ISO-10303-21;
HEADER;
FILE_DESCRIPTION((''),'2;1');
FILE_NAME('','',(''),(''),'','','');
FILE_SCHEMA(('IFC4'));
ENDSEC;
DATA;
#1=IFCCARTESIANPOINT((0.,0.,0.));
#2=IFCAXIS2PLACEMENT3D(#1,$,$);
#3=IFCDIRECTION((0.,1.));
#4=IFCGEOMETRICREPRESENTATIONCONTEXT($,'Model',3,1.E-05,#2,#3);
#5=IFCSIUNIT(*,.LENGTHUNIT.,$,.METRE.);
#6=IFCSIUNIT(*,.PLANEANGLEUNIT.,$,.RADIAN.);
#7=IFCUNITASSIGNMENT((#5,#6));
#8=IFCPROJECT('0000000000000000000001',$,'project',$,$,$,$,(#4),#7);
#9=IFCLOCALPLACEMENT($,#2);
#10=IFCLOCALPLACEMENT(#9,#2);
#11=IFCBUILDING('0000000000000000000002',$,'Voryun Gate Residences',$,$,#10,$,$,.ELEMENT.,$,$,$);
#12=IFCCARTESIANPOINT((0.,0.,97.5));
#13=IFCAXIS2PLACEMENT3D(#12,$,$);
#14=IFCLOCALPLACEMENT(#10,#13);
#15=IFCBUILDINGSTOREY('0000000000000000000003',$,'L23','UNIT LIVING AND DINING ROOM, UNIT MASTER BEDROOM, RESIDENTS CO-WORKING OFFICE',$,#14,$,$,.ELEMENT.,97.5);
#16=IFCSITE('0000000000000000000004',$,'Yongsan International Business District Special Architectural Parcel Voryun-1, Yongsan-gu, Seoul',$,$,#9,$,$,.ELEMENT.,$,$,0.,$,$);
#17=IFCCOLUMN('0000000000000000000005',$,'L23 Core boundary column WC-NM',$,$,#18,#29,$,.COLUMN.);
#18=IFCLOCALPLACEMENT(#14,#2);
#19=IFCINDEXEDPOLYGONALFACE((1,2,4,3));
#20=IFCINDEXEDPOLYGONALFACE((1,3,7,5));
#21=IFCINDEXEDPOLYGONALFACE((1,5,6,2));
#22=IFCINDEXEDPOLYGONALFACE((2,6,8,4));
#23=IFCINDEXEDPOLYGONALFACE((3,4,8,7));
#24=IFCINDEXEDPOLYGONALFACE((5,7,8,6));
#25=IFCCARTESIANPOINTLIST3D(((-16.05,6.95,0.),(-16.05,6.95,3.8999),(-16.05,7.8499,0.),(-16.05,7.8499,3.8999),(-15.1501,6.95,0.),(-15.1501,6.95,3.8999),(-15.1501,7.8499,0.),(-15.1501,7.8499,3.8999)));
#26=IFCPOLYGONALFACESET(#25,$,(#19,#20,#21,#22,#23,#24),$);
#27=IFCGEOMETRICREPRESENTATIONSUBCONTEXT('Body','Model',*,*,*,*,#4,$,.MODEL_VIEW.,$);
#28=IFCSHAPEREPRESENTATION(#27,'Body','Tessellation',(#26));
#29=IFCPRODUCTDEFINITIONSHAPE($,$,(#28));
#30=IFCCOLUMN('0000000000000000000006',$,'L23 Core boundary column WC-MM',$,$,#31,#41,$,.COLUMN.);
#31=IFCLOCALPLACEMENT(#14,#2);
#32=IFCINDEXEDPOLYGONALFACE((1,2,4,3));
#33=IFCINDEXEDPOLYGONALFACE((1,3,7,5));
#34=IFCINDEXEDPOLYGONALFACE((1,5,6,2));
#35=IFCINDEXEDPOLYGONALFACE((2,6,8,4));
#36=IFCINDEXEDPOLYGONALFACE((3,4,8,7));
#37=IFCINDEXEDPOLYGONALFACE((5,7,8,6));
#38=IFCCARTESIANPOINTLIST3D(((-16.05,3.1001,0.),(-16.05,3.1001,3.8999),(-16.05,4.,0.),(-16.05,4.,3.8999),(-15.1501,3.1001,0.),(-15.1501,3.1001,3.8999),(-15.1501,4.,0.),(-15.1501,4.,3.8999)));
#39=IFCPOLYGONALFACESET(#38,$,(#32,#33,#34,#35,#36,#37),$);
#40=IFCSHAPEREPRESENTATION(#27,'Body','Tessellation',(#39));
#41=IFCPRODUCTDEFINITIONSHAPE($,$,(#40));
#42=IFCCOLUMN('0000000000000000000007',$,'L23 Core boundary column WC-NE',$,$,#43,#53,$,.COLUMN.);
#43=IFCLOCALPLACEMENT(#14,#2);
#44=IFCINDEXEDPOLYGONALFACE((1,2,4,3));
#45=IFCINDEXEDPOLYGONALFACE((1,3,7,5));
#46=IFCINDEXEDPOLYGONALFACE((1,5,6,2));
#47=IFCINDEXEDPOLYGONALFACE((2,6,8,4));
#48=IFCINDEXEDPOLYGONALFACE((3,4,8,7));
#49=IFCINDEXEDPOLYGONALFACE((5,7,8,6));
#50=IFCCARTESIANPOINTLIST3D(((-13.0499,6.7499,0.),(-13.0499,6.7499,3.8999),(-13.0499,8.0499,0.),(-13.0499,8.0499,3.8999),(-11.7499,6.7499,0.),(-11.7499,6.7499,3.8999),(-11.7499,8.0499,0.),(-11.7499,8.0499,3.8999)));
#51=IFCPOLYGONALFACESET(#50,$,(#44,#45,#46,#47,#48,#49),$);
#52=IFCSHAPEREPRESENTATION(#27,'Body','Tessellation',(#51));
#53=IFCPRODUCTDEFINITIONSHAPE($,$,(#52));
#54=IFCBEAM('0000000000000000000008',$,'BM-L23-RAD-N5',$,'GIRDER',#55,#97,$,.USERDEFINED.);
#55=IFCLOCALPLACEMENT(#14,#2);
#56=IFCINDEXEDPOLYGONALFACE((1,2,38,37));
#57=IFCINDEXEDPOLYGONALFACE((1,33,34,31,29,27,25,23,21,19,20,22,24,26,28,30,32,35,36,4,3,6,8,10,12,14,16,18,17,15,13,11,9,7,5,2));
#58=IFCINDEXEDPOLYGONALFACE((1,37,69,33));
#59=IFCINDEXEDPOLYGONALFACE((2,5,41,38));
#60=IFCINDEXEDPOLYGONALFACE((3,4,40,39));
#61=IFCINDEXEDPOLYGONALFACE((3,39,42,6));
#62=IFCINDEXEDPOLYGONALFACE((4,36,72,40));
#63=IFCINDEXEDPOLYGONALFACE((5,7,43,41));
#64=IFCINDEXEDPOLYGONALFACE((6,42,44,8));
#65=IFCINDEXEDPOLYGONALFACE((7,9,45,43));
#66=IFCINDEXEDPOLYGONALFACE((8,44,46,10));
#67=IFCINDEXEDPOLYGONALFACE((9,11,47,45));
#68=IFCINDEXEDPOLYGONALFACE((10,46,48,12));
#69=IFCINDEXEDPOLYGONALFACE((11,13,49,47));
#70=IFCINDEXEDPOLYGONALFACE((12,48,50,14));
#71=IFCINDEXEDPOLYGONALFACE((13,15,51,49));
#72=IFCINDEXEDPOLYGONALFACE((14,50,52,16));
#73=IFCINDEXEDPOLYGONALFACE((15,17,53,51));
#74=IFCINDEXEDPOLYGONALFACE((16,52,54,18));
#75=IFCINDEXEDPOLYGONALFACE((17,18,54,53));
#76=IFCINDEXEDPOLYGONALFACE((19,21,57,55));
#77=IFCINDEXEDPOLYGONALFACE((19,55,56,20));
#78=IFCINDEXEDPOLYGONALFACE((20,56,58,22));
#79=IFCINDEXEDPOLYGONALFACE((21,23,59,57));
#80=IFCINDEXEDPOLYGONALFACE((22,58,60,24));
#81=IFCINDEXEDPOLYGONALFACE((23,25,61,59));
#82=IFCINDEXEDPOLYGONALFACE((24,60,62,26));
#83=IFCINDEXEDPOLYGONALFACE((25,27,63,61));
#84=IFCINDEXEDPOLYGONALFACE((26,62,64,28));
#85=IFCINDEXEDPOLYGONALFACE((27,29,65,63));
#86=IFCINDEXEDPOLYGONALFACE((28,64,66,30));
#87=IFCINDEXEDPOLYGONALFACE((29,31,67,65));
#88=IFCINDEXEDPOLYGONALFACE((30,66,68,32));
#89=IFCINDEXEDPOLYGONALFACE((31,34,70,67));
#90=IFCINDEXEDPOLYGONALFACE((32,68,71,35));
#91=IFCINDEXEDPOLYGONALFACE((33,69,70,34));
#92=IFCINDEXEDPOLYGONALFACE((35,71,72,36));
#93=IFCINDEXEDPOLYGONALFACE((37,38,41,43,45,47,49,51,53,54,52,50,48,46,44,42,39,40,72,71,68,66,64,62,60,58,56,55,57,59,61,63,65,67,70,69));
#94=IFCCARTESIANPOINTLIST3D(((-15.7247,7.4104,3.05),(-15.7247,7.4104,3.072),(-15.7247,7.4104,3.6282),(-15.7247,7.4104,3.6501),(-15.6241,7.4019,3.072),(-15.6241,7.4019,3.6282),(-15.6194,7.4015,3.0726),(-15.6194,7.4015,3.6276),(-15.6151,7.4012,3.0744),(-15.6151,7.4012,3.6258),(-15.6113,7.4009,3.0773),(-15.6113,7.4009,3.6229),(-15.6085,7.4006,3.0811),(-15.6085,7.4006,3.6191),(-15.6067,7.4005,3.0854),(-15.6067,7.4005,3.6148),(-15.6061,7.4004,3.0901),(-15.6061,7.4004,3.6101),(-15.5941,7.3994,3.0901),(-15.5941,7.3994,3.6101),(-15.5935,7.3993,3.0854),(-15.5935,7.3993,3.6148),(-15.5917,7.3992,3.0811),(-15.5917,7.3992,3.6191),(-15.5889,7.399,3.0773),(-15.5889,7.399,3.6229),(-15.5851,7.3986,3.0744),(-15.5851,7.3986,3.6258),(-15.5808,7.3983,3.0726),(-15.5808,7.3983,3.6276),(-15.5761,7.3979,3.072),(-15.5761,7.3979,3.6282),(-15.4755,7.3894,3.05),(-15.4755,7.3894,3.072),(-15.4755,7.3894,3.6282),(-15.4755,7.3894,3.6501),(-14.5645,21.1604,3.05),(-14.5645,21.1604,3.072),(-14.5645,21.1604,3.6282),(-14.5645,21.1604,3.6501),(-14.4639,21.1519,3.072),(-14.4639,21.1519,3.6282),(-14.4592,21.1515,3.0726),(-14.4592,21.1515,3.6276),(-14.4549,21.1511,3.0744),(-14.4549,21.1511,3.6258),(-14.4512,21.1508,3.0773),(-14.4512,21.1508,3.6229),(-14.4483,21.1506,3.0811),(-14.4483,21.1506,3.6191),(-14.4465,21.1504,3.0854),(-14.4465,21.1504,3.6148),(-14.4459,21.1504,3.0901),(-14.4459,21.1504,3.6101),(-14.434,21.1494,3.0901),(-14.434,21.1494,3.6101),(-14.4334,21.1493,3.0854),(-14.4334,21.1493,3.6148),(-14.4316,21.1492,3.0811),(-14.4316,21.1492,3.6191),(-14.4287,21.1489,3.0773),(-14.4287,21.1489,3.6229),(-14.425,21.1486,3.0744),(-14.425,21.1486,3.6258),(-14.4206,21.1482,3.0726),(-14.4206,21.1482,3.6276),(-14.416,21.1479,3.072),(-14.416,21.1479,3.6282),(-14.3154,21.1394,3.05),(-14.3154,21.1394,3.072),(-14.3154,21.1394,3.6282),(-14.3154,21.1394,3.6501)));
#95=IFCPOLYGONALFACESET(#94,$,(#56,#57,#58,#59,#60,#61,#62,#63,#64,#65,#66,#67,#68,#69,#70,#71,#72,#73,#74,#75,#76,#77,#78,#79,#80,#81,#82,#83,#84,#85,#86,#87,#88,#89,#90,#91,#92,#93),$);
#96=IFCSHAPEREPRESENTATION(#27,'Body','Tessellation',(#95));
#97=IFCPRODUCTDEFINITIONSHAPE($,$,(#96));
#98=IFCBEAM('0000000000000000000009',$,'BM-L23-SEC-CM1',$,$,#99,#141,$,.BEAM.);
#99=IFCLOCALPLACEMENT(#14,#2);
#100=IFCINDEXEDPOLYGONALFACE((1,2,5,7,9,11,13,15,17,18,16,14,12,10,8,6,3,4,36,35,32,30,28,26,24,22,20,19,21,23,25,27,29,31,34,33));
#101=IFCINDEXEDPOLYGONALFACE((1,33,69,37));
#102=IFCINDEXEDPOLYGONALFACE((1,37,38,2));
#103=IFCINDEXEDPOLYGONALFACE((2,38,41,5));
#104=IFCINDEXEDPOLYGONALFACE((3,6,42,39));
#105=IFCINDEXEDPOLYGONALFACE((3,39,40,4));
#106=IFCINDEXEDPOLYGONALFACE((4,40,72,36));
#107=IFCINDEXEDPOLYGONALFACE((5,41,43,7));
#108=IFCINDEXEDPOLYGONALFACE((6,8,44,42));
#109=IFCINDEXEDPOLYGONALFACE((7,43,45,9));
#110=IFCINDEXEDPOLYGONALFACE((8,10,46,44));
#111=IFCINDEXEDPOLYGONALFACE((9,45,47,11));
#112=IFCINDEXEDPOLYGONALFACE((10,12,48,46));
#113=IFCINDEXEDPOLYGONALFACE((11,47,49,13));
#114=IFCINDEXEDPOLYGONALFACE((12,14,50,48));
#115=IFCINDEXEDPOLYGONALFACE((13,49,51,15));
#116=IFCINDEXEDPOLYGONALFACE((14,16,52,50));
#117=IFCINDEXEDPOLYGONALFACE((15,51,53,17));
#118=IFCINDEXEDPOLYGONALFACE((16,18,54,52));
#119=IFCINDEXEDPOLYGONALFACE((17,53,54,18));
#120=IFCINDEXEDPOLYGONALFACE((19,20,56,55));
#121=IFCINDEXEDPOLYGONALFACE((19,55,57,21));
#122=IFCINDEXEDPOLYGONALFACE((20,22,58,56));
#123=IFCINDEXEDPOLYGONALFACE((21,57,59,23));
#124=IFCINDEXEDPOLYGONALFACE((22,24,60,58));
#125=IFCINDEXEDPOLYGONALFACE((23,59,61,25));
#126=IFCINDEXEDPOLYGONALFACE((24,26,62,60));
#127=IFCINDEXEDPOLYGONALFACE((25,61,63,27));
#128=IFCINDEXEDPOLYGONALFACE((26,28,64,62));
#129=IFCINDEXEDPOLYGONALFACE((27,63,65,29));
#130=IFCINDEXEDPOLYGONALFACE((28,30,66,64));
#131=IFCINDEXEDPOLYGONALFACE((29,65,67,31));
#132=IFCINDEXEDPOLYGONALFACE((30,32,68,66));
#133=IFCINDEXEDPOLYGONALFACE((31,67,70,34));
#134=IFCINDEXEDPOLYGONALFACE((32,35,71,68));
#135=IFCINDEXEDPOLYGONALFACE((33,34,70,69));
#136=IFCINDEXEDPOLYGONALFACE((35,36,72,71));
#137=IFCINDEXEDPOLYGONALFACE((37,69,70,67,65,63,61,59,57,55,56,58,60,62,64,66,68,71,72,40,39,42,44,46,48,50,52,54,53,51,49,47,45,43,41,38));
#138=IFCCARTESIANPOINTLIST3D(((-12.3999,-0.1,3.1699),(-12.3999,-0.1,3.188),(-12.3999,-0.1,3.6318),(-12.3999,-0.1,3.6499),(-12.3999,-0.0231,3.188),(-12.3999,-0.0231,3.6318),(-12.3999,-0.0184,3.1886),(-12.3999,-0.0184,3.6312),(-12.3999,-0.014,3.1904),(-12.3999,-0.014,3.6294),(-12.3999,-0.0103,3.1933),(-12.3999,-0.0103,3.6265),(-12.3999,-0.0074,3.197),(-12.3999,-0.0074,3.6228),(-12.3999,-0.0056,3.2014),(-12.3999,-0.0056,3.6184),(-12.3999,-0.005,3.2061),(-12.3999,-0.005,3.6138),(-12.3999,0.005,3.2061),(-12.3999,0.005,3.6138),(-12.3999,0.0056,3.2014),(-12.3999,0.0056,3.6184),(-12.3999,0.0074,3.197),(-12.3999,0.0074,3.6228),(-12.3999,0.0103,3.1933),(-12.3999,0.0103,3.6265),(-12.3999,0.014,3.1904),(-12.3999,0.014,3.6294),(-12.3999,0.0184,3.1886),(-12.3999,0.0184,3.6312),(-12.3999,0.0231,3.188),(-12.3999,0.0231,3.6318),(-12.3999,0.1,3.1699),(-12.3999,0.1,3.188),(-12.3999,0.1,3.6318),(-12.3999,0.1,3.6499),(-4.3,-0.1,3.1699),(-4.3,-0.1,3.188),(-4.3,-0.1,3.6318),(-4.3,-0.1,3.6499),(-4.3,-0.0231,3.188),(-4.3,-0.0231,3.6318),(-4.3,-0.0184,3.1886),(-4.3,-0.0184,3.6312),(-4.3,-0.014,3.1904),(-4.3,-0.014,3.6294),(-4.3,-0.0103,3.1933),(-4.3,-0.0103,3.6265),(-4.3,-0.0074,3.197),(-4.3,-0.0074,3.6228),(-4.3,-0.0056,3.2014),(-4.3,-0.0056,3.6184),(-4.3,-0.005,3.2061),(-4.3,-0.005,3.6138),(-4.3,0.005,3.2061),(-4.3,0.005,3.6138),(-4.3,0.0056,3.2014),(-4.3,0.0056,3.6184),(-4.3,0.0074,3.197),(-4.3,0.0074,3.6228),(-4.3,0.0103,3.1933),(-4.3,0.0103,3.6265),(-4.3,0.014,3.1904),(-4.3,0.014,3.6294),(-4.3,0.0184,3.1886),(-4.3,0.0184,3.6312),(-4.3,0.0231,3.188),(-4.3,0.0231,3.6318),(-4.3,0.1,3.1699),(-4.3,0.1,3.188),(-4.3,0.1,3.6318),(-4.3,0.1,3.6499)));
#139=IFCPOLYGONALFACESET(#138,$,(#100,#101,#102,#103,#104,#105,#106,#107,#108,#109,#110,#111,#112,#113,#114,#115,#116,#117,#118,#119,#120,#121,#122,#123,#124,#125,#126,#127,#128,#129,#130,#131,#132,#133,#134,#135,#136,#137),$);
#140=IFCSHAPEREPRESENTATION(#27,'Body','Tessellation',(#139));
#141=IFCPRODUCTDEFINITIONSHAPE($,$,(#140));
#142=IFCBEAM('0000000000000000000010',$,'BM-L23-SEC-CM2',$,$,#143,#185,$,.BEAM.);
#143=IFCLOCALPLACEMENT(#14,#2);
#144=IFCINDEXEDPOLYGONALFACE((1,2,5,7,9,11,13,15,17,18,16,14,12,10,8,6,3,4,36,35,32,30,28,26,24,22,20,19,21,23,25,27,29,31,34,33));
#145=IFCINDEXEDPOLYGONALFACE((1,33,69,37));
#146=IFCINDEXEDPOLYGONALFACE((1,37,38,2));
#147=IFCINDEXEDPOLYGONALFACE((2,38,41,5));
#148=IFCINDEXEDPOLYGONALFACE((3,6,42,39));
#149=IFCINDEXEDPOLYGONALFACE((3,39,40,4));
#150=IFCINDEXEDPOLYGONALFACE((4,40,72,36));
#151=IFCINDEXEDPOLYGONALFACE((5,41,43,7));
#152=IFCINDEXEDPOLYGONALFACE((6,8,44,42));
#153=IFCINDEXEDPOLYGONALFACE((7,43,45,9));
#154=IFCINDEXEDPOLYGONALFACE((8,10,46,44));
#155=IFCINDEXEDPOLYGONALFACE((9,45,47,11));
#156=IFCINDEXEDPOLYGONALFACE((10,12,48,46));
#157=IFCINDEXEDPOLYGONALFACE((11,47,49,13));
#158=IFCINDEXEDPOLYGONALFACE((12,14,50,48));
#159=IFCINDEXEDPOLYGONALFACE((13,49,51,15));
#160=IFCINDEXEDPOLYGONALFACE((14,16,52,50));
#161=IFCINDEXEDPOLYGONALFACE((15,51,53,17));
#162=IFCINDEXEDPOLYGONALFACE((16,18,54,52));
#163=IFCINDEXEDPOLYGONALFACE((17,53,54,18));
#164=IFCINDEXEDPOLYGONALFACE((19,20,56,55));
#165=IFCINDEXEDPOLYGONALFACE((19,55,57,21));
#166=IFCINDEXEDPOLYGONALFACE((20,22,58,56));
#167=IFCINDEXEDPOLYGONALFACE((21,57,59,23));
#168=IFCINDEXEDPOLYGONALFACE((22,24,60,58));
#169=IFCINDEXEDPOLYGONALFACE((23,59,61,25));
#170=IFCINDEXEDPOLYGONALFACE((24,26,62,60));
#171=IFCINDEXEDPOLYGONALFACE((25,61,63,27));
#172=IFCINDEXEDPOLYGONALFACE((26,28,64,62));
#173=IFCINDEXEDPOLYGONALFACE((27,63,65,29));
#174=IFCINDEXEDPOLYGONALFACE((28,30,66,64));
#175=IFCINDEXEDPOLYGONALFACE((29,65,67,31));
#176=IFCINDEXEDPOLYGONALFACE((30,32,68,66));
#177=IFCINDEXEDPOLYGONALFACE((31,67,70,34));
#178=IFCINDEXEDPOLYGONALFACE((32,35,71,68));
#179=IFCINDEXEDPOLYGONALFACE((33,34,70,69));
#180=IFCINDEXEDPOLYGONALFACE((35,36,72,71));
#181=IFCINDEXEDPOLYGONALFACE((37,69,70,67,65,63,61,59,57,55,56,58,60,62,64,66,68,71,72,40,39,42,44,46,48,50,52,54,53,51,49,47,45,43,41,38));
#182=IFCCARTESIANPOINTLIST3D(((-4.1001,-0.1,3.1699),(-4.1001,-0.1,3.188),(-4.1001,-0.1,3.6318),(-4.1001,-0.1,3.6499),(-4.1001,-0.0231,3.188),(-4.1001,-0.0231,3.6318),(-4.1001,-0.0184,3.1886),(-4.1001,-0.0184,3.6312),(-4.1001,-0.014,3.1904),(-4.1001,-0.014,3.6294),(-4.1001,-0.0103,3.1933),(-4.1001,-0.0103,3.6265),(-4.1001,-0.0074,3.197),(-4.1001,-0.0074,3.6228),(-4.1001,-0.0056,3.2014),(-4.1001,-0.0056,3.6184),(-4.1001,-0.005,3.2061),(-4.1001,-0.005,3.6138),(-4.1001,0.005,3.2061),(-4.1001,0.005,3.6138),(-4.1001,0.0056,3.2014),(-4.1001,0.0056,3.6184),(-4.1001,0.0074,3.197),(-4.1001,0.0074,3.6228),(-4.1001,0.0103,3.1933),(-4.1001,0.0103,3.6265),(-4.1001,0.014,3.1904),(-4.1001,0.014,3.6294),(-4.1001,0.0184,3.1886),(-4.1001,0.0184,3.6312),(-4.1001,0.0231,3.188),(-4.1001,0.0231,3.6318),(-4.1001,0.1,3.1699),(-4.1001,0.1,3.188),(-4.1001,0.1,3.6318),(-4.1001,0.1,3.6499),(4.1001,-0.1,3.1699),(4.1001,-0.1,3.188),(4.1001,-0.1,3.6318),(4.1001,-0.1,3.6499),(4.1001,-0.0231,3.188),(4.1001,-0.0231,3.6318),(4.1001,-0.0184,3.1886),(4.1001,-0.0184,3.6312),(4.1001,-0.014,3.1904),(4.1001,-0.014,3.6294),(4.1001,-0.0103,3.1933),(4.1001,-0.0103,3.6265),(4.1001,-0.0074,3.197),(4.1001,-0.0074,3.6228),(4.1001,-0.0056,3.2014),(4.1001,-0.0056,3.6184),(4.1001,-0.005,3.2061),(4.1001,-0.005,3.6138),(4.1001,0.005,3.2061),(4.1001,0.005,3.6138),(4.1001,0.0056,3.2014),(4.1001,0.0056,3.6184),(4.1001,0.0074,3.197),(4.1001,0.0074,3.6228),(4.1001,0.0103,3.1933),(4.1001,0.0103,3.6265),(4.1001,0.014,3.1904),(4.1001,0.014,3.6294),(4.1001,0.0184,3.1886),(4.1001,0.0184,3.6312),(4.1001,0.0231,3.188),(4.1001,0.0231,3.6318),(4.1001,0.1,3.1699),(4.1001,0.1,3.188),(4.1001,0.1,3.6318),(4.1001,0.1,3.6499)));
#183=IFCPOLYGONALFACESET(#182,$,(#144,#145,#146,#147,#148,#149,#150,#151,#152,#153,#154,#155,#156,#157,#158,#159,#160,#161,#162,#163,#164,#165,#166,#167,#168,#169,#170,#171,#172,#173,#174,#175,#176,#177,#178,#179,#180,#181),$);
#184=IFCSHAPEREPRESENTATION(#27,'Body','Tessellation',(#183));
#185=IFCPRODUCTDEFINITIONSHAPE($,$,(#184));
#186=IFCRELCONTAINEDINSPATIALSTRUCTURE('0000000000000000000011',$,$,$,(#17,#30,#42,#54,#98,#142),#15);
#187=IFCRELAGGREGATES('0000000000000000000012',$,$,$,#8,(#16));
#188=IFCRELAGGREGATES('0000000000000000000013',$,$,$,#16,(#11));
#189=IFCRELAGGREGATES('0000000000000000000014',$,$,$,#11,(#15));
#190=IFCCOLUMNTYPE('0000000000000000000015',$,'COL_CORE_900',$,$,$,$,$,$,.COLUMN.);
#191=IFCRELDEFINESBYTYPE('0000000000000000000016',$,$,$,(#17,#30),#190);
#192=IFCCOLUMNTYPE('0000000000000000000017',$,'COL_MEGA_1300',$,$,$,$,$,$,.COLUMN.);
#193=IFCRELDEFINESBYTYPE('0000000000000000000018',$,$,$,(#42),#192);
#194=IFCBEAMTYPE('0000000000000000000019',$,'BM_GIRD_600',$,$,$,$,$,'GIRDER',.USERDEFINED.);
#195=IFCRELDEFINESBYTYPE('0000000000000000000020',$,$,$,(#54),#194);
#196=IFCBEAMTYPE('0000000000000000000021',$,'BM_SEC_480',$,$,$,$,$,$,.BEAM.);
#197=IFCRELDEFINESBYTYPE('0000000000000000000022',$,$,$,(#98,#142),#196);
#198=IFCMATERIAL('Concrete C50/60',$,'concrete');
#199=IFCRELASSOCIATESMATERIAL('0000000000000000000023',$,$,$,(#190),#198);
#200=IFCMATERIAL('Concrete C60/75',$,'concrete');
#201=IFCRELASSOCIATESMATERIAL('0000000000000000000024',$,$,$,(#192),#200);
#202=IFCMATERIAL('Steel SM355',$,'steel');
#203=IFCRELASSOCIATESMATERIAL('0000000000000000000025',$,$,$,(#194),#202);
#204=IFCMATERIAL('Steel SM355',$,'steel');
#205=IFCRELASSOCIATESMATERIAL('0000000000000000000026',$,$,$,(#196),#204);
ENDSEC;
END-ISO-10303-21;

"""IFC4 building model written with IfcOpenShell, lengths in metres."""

from ifc_helpers import new_model, si_unit, direction, frame, origin, origin_2d, place, context, subcontext, project, spatial, rectangle, i_section, extrude, material, material_profile, profile_set, type_object, element, save


model = new_model("IFC4")

# Units and contexts
model_context = context("Model", 3, precision=1e-05, world=origin(), true_north=direction((0.0, 1.0)))
body_context = subcontext(model_context, "Body", "Model", "MODEL_VIEW")
ifc_project = project(units=[si_unit("LENGTHUNIT", "METRE"), si_unit("PLANEANGLEUNIT", "RADIAN")], contexts=[model_context])

# Site, building, storey
site_placement = place(None, origin())
site = spatial("IfcSite", under=ifc_project, at=site_placement, Name="Yongsan International Business District Special Architectural Parcel Voryun-1, Yongsan-gu, Seoul", CompositionType="ELEMENT", RefElevation=0.0)
building_placement = place(site_placement, origin())
building = spatial("IfcBuilding", under=site, at=building_placement, Name="Voryun Gate Residences", CompositionType="ELEMENT")
storey_placement = place(building_placement, frame((0.0, 0.0, 97.5)))
storey = spatial("IfcBuildingStorey", under=building, at=storey_placement, Name="L23", Description="UNIT LIVING AND DINING ROOM, UNIT MASTER BEDROOM, RESIDENTS CO-WORKING OFFICE", CompositionType="ELEMENT", Elevation=97.5)

# Columns
ifc_material_1 = material(Name="Concrete C50/60", Category="concrete")
ifc_material_profile_1 = material_profile(ifc_material_1, rectangle(XDim=0.8999, YDim=0.8999, at=origin_2d()), Name="RC-900x900")
ifc_profile_set_1 = profile_set([ifc_material_profile_1], Name="Concrete C50/60")
column_type_1 = type_object("IfcColumnType", Name="COL_CORE_900", PredefinedType="COLUMN", material=ifc_profile_set_1)
for number, where, z_axis, x_axis, name in (
    (1, (-15.6001, 7.3999, 0.0), (0.0, 0.0, 1.0), (1.0, 0.0, 0.0), "L23 Core boundary column WC-NM"),
    (2, (-15.6001, 3.55, 0.0), (0.0, 0.0, 1.0), (1.0, 0.0, 0.0), "L23 Core boundary column WC-MM"),
):
    element("IfcColumn", number, at=place(storey_placement, frame(where, z_axis=z_axis, x_axis=x_axis)), inside=storey, type_object=column_type_1, Name=name, PredefinedType="COLUMN", context=body_context, shape_type="SweptSolid", body=[
        extrude(rectangle(XDim=0.8999, YDim=0.8999, at=origin_2d()), origin(), (0.0, 0.0, 1.0), 3.8999),
    ])
ifc_material_2 = material(Name="Concrete C60/75", Category="concrete")
ifc_material_profile_2 = material_profile(ifc_material_2, rectangle(XDim=1.3, YDim=1.3, at=origin_2d()), Name="RC-1300x1300")
ifc_profile_set_2 = profile_set([ifc_material_profile_2], Name="Concrete C60/75")
column_type_2 = type_object("IfcColumnType", Name="COL_MEGA_1300", PredefinedType="COLUMN", material=ifc_profile_set_2)
column_placement = place(storey_placement, frame((-12.3999, 7.3999, 0.0), z_axis=(0.0, 0.0, 1.0), x_axis=(1.0, 0.0, 0.0)))
element("IfcColumn", 3, at=column_placement, inside=storey, type_object=column_type_2, Name="L23 Core boundary column WC-NE", PredefinedType="COLUMN", context=body_context, shape_type="SweptSolid", body=[
    extrude(rectangle(XDim=1.3, YDim=1.3, at=origin_2d()), origin(), (0.0, 0.0, 1.0), 3.8999),
])

# Beams
ifc_material_3 = material(Name="Steel SM355", Category="steel")
ifc_material_profile_3 = material_profile(ifc_material_3, i_section(OverallWidth=0.25, OverallDepth=0.6001, WebThickness=0.012, FlangeThickness=0.022, FilletRadius=0.0181, at=origin_2d()), Name="H-600x250x12x22")
ifc_profile_set_3 = profile_set([ifc_material_profile_3], Name="Steel SM355")
beam_type_1 = type_object("IfcBeamType", Name="BM_GIRD_600", ElementType="GIRDER", PredefinedType="USERDEFINED", material=ifc_profile_set_3)
beam_1_placement = place(storey_placement, frame((-15.6001, 7.3999, 3.3501), z_axis=(0.084076, 0.996459, 0.0), x_axis=(-0.996459, 0.084076, 0.0)))
element("IfcBeam", 4, at=beam_1_placement, inside=storey, type_object=beam_type_1, Name="BM-L23-RAD-N5", ObjectType="GIRDER", PredefinedType="USERDEFINED", context=body_context, shape_type="SweptSolid", body=[
    extrude(i_section(OverallWidth=0.25, OverallDepth=0.6001, WebThickness=0.012, FlangeThickness=0.022, FilletRadius=0.0181, at=origin_2d()), origin(), (0.0, 0.0, 1.0), 13.7988),
])
ifc_material_4 = material(Name="Steel SM355", Category="steel")
ifc_material_profile_4 = material_profile(ifc_material_4, i_section(OverallWidth=0.2, OverallDepth=0.48, WebThickness=0.01, FlangeThickness=0.0181, FilletRadius=0.0181, at=origin_2d()), Name="H-480x200x10x18")
ifc_profile_set_4 = profile_set([ifc_material_profile_4], Name="Steel SM355")
beam_type_2 = type_object("IfcBeamType", Name="BM_SEC_480", PredefinedType="BEAM", material=ifc_profile_set_4)
beam_2_placement = place(storey_placement, frame((-12.3999, 0.0, 3.4099), z_axis=(1.0, 0.0, 0.0), x_axis=(0.0, 1.0, 0.0)))
element("IfcBeam", 5, at=beam_2_placement, inside=storey, type_object=beam_type_2, Name="BM-L23-SEC-CM1", PredefinedType="BEAM", context=body_context, shape_type="SweptSolid", body=[
    extrude(i_section(OverallWidth=0.2, OverallDepth=0.48, WebThickness=0.01, FlangeThickness=0.0181, FilletRadius=0.0181, at=origin_2d()), origin(), (0.0, 0.0, 1.0), 8.0999),
])
beam_3_placement = place(storey_placement, frame((-4.1001, 0.0, 3.4099), z_axis=(1.0, 0.0, 0.0), x_axis=(0.0, 1.0, 0.0)))
element("IfcBeam", 6, at=beam_3_placement, inside=storey, type_object=beam_type_2, Name="BM-L23-SEC-CM2", PredefinedType="BEAM", context=body_context, shape_type="SweptSolid", body=[
    extrude(i_section(OverallWidth=0.2, OverallDepth=0.48, WebThickness=0.01, FlangeThickness=0.0181, FilletRadius=0.0181, at=origin_2d()), origin(), (0.0, 0.0, 1.0), 8.2002),
])

save(model, "model.ifc")
